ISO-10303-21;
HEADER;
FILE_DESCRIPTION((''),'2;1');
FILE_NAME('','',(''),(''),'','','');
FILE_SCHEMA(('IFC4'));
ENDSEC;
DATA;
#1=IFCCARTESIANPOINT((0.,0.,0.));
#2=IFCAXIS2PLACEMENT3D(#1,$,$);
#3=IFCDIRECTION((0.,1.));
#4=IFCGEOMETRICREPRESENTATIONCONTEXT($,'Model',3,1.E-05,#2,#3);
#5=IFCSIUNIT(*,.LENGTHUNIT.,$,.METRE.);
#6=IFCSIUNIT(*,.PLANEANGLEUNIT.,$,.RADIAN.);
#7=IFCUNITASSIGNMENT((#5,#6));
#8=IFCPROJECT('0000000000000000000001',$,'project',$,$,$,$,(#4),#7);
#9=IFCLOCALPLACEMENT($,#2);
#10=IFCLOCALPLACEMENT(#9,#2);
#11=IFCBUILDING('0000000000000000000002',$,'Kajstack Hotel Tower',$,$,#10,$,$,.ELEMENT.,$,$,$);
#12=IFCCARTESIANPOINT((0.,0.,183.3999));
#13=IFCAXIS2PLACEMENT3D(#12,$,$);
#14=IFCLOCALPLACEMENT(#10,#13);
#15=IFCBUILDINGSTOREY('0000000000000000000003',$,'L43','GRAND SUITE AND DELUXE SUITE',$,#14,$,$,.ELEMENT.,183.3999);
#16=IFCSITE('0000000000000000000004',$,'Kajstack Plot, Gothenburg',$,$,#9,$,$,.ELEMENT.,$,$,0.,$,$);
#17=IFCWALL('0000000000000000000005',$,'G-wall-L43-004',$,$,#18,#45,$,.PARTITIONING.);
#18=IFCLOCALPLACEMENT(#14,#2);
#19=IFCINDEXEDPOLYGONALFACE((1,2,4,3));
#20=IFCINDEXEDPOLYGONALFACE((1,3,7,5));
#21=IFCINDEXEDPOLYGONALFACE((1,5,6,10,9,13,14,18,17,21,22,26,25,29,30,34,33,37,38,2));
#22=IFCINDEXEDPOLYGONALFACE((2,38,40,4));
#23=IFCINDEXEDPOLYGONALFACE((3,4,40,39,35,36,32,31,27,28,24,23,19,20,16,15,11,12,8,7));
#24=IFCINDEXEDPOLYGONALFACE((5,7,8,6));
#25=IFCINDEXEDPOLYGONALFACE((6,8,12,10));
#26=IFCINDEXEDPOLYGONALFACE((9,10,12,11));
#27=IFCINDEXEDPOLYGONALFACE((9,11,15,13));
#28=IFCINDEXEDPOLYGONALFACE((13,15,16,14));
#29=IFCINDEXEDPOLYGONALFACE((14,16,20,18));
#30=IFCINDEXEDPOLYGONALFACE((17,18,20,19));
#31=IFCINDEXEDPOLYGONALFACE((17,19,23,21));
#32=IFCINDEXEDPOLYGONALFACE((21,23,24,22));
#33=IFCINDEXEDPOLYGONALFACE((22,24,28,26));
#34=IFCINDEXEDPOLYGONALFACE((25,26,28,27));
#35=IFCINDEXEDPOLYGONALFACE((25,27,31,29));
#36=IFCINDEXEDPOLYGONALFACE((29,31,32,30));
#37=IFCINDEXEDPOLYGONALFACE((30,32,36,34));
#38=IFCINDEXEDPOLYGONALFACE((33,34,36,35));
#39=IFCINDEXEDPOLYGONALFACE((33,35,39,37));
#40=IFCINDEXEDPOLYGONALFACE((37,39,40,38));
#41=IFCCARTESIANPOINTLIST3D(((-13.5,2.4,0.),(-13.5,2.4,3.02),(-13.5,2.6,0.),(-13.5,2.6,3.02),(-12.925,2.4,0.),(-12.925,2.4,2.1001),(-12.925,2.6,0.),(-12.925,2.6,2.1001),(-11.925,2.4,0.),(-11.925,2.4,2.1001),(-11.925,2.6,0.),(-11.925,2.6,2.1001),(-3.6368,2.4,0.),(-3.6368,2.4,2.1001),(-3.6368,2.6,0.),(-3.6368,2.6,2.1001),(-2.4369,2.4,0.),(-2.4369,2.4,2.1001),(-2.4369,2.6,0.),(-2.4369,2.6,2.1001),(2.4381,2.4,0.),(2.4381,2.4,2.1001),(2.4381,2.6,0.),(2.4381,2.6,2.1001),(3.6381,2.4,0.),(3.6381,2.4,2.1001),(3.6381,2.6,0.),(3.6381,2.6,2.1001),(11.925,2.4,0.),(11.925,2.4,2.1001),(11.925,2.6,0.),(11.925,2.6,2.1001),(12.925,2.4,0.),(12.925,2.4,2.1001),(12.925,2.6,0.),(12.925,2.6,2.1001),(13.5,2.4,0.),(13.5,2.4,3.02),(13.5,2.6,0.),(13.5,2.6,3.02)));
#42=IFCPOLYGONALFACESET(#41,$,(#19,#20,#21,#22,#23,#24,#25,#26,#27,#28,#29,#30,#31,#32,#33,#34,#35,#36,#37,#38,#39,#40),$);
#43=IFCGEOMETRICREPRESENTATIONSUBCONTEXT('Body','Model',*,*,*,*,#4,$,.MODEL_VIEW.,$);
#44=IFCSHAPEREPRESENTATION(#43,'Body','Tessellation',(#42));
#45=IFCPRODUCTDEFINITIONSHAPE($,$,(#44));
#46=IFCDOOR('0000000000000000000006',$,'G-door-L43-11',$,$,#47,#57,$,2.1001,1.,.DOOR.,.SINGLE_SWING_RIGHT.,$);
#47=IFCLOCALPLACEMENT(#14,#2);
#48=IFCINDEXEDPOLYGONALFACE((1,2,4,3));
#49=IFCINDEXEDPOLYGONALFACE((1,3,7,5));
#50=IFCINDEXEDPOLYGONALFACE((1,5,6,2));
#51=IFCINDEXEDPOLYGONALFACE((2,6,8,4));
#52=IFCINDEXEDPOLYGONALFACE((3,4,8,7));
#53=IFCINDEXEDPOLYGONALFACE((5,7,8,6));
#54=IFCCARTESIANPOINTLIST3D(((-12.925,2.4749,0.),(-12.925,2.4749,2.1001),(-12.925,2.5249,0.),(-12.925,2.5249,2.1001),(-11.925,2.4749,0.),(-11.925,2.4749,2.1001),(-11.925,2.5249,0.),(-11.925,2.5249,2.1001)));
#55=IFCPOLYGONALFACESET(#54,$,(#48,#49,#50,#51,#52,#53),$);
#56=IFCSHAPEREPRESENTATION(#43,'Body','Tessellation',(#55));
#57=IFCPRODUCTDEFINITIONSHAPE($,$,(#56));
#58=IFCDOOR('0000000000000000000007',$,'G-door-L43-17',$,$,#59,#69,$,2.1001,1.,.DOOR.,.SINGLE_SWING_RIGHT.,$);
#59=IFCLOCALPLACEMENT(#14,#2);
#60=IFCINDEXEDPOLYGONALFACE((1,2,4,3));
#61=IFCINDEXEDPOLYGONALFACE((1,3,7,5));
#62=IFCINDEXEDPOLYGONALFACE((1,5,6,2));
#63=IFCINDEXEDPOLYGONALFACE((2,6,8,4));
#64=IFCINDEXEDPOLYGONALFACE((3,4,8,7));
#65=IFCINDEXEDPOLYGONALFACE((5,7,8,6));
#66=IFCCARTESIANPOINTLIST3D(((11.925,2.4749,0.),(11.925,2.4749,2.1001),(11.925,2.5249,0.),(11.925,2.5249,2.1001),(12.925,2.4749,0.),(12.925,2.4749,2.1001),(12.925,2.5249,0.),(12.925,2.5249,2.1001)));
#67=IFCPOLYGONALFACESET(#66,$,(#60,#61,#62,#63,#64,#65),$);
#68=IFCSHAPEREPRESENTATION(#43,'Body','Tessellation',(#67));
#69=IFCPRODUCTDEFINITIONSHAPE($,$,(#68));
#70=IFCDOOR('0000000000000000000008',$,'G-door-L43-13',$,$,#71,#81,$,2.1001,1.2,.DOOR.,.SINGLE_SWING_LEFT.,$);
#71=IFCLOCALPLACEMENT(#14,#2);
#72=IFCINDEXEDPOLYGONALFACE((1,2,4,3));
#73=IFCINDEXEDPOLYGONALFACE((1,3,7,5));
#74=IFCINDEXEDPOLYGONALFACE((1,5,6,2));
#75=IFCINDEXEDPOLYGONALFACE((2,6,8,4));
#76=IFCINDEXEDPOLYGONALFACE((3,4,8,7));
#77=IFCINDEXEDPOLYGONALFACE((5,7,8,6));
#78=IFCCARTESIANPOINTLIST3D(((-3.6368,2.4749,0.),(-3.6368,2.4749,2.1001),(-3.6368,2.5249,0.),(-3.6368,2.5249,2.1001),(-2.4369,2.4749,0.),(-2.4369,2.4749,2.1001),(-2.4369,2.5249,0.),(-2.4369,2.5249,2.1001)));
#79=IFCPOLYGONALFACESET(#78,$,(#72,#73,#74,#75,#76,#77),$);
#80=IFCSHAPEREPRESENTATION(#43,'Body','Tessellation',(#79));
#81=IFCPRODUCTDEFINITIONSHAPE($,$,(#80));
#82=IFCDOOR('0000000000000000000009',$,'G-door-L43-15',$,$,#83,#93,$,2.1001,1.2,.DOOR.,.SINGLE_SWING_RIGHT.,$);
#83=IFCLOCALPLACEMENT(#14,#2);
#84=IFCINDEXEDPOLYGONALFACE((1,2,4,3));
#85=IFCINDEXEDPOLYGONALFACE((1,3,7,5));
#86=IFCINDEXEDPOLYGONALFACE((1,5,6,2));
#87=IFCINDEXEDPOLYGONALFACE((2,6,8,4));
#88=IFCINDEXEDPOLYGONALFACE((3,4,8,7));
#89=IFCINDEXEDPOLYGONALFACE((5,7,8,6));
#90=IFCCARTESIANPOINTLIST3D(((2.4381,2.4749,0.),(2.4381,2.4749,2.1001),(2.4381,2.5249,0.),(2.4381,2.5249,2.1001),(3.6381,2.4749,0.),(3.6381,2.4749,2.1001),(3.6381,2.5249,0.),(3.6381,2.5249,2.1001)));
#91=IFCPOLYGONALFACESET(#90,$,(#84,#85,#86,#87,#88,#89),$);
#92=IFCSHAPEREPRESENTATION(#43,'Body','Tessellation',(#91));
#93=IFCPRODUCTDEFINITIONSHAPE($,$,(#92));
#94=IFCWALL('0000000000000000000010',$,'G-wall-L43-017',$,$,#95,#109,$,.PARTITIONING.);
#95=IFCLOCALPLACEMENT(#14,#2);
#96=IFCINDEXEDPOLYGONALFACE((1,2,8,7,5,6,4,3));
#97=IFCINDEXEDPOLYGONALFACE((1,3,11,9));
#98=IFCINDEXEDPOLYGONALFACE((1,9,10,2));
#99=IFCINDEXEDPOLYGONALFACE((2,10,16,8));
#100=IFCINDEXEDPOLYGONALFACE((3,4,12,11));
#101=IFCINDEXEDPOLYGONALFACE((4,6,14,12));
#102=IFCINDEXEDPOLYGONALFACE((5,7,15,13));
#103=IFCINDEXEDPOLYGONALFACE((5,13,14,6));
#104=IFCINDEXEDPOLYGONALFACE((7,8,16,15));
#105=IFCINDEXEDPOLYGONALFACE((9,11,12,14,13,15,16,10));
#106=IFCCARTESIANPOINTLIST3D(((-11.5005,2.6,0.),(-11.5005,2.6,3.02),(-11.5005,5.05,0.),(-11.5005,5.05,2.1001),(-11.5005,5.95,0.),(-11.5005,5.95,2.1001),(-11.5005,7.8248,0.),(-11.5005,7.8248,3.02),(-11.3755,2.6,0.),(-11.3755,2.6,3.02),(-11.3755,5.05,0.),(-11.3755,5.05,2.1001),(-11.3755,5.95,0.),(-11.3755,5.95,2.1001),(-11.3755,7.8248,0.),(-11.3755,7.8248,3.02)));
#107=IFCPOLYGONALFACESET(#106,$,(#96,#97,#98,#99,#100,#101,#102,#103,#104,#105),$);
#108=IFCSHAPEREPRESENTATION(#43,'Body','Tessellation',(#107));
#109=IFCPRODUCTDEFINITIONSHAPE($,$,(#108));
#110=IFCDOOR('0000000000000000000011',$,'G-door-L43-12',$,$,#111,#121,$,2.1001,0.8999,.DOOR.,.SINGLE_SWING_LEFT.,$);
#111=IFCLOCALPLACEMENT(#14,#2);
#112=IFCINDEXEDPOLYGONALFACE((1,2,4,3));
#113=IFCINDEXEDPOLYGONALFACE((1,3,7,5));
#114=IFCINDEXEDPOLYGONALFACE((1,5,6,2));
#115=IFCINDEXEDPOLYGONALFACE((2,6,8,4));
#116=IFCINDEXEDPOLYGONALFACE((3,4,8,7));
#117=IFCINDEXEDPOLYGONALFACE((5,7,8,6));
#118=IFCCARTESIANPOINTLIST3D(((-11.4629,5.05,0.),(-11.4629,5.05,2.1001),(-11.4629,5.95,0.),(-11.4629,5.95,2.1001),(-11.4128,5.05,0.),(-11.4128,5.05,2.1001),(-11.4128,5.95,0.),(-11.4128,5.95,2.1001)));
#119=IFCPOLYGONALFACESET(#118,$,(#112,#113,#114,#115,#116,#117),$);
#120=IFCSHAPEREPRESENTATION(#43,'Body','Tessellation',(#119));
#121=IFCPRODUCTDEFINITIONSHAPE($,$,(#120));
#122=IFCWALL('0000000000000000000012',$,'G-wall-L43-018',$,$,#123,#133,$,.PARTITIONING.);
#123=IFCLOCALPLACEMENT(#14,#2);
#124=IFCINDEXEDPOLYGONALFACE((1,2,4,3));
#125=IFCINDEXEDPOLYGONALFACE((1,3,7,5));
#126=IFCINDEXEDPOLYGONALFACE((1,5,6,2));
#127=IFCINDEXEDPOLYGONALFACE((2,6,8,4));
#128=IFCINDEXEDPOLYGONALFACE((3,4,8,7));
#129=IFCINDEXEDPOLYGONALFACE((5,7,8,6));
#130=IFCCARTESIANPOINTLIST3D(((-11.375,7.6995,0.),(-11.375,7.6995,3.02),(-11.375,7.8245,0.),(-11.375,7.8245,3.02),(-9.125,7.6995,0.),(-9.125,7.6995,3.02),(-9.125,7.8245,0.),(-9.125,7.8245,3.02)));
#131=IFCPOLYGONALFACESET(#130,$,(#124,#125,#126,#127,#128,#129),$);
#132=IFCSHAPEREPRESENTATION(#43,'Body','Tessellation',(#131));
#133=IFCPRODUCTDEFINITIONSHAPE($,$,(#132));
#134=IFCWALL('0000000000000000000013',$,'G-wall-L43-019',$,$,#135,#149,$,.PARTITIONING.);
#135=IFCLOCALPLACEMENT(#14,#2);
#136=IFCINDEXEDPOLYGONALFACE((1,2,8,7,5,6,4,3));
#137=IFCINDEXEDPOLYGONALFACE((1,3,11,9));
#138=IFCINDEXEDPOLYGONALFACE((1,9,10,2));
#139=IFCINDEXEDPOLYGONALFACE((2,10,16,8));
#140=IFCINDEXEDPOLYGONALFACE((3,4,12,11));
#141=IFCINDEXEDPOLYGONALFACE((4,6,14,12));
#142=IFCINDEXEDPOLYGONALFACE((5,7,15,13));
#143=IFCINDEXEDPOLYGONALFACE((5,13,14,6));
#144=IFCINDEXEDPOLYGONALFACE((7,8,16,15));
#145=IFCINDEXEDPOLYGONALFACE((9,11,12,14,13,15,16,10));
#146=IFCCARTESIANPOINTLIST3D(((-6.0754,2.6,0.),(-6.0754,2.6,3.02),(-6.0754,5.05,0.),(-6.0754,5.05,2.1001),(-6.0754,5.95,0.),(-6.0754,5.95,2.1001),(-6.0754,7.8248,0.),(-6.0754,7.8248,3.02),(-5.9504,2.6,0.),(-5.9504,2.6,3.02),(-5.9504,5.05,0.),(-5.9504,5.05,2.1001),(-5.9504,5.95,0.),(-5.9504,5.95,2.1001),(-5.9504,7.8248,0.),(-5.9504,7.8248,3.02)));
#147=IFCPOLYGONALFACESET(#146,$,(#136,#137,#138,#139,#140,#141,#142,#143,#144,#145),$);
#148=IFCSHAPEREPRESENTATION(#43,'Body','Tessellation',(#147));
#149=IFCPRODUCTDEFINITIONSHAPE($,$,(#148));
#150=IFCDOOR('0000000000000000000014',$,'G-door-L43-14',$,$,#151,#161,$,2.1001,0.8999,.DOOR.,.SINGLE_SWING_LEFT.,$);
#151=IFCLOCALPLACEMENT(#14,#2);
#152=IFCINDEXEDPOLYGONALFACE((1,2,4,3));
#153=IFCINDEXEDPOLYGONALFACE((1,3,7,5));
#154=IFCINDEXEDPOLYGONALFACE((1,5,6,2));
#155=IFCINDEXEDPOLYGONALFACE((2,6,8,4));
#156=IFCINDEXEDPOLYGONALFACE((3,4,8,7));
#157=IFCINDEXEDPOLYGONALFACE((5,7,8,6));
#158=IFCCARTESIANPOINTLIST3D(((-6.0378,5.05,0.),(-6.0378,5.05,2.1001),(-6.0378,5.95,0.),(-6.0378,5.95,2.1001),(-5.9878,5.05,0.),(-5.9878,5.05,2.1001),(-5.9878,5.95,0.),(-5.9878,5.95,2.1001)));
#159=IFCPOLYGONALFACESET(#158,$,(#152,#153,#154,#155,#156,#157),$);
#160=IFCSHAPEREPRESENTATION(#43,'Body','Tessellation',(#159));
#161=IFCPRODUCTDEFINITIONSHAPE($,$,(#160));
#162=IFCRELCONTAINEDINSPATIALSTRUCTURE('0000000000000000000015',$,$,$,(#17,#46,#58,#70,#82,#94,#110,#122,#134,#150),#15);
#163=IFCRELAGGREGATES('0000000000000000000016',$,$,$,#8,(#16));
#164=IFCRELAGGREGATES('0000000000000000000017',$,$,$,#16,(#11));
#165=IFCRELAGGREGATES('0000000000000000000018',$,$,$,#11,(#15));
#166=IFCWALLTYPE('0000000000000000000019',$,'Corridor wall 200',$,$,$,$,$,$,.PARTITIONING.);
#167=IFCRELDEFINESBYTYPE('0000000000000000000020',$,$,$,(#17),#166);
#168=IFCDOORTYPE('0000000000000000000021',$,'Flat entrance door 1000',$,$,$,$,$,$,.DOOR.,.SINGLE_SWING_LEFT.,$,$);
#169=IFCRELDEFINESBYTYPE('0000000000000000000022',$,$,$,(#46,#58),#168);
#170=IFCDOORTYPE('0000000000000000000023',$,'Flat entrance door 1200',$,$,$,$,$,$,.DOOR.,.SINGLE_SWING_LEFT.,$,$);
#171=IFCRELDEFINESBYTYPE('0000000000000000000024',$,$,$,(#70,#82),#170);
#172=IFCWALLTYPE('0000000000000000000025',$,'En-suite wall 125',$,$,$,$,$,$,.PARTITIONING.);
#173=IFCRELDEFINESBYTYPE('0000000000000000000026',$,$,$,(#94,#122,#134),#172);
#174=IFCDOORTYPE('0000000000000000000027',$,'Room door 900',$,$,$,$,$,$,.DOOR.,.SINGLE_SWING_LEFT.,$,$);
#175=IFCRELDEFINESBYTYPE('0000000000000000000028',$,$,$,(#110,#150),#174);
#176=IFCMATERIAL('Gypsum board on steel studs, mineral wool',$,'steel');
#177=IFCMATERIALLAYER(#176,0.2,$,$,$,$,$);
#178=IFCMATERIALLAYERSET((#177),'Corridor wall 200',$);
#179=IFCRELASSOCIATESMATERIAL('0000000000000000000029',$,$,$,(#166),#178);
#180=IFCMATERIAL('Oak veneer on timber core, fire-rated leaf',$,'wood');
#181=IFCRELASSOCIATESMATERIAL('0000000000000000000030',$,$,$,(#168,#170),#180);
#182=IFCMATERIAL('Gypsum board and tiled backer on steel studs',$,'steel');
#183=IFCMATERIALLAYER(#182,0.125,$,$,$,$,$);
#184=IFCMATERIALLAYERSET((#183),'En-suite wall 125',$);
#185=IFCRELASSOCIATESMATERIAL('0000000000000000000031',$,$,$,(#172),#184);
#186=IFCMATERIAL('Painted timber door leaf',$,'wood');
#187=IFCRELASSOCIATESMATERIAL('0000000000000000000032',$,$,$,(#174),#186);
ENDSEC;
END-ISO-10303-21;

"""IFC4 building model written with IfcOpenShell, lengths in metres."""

from ifc_helpers import new_model, si_unit, direction, frame, frame_2d, origin, place, context, subcontext, project, spatial, rectangle, extrude, material, layer, layer_set, type_object, element, fill, save


model = new_model("IFC4")

# Units and contexts
model_context = context("Model", 3, precision=1e-05, world=origin(), true_north=direction((0.0, 1.0)))
body_context = subcontext(model_context, "Body", "Model", "MODEL_VIEW")
ifc_project = project(units=[si_unit("LENGTHUNIT", "METRE"), si_unit("PLANEANGLEUNIT", "RADIAN")], contexts=[model_context])

# Site, building, storey
site_placement = place(None, origin())
site = spatial("IfcSite", under=ifc_project, at=site_placement, Name="Kajstack Plot, Gothenburg", CompositionType="ELEMENT", RefElevation=0.0)
building_placement = place(site_placement, origin())
building = spatial("IfcBuilding", under=site, at=building_placement, Name="Kajstack Hotel Tower", CompositionType="ELEMENT")
storey_placement = place(building_placement, frame((0.0, 0.0, 183.3999)))
storey = spatial("IfcBuildingStorey", under=building, at=storey_placement, Name="L43", Description="GRAND SUITE AND DELUXE SUITE", CompositionType="ELEMENT", Elevation=183.3999)

# Wall, openings, doors
ifc_material_1 = material(Name="Gypsum board on steel studs, mineral wool", Category="steel")
ifc_layer_1 = layer(ifc_material_1, 0.2)
ifc_layer_set_1 = layer_set([ifc_layer_1], Name="Corridor wall 200")
wall_type_1 = type_object("IfcWallType", Name="Corridor wall 200", PredefinedType="PARTITIONING", material=ifc_layer_set_1)
wall_1_placement = place(storey_placement, frame((-13.5, 2.5, 0.0), z_axis=(0.0, 0.0, 1.0), x_axis=(1.0, 0.0, 0.0)))
wall_1 = element("IfcWall", 1, at=wall_1_placement, inside=storey, type_object=wall_type_1, Name="G-wall-L43-004", PredefinedType="PARTITIONING", context=body_context, shape_type="SweptSolid", body=[
    extrude(rectangle(XDim=27.0, YDim=0.2, at=frame_2d((13.5, 0.0))), origin(), (0.0, 0.0, 1.0), 3.02),
])
opening_1_placement = place(wall_1_placement, frame((0.575, 0.0, 0.0)))
opening_1 = element("IfcOpeningElement", 2, at=opening_1_placement, cuts=wall_1, PredefinedType="OPENING", context=body_context, shape_type="SweptSolid", body=[
    extrude(rectangle(XDim=1.0, YDim=2.1001, at=frame_2d((0.5, 1.05))), frame((0.0, 0.1099, 0.0), z_axis=(0.0, -1.0, 0.0), x_axis=(1.0, 0.0, 0.0)), (0.0, 0.0, 1.0), 0.22),
])
opening_2_placement = place(wall_1_placement, frame((9.863, 0.0, 0.0)))
opening_2 = element("IfcOpeningElement", 3, at=opening_2_placement, cuts=wall_1, PredefinedType="OPENING", context=body_context, shape_type="SweptSolid", body=[
    extrude(rectangle(XDim=1.2, YDim=2.1001, at=frame_2d((0.6001, 1.05))), frame((0.0, 0.1099, 0.0), z_axis=(0.0, -1.0, 0.0), x_axis=(1.0, 0.0, 0.0)), (0.0, 0.0, 1.0), 0.22),
])
opening_3_placement = place(wall_1_placement, frame((15.938, 0.0, 0.0)))
opening_3 = element("IfcOpeningElement", 4, at=opening_3_placement, cuts=wall_1, PredefinedType="OPENING", context=body_context, shape_type="SweptSolid", body=[
    extrude(rectangle(XDim=1.2, YDim=2.1001, at=frame_2d((0.6001, 1.05))), frame((0.0, 0.1099, 0.0), z_axis=(0.0, -1.0, 0.0), x_axis=(1.0, 0.0, 0.0)), (0.0, 0.0, 1.0), 0.22),
])
opening_4_placement = place(wall_1_placement, frame((25.425, 0.0, 0.0)))
opening_4 = element("IfcOpeningElement", 5, at=opening_4_placement, cuts=wall_1, PredefinedType="OPENING", context=body_context, shape_type="SweptSolid", body=[
    extrude(rectangle(XDim=1.0, YDim=2.1001, at=frame_2d((0.5, 1.05))), frame((0.0, 0.1099, 0.0), z_axis=(0.0, -1.0, 0.0), x_axis=(1.0, 0.0, 0.0)), (0.0, 0.0, 1.0), 0.22),
])
ifc_material_2 = material(Name="Oak veneer on timber core, fire-rated leaf", Category="wood")
door_type_1 = type_object("IfcDoorType", Name="Flat entrance door 1000", OperationType="SINGLE_SWING_LEFT", PredefinedType="DOOR", material=ifc_material_2)
door_1_placement = place(opening_1_placement, origin())
door_1 = element("IfcDoor", 6, at=door_1_placement, inside=storey, type_object=door_type_1, Name="G-door-L43-11", OperationType="SINGLE_SWING_RIGHT", OverallHeight=2.1001, OverallWidth=1.0, PredefinedType="DOOR", context=body_context, shape_type="SweptSolid", body=[
    extrude(rectangle(XDim=1.0, YDim=2.1001, at=frame_2d((0.5, 1.05))), frame((0.0, 0.0249, 0.0), z_axis=(0.0, -1.0, 0.0), x_axis=(1.0, 0.0, 0.0)), (0.0, 0.0, 1.0), 0.05),
])
fill(opening_1, door_1)
door_2_placement = place(opening_4_placement, origin())
door_2 = element("IfcDoor", 7, at=door_2_placement, inside=storey, type_object=door_type_1, Name="G-door-L43-17", OperationType="SINGLE_SWING_RIGHT", OverallHeight=2.1001, OverallWidth=1.0, PredefinedType="DOOR", context=body_context, shape_type="SweptSolid", body=[
    extrude(rectangle(XDim=1.0, YDim=2.1001, at=frame_2d((0.5, 1.05))), frame((0.0, 0.0249, 0.0), z_axis=(0.0, -1.0, 0.0), x_axis=(1.0, 0.0, 0.0)), (0.0, 0.0, 1.0), 0.05),
])
fill(opening_4, door_2)
door_type_2 = type_object("IfcDoorType", Name="Flat entrance door 1200", OperationType="SINGLE_SWING_LEFT", PredefinedType="DOOR", material=ifc_material_2)
door_3_placement = place(opening_2_placement, origin())
door_3 = element("IfcDoor", 8, at=door_3_placement, inside=storey, type_object=door_type_2, Name="G-door-L43-13", OperationType="SINGLE_SWING_LEFT", OverallHeight=2.1001, OverallWidth=1.2, PredefinedType="DOOR", context=body_context, shape_type="SweptSolid", body=[
    extrude(rectangle(XDim=1.2, YDim=2.1001, at=frame_2d((0.6001, 1.05))), frame((0.0, 0.0249, 0.0), z_axis=(0.0, -1.0, 0.0), x_axis=(1.0, 0.0, 0.0)), (0.0, 0.0, 1.0), 0.05),
])
fill(opening_2, door_3)
door_4_placement = place(opening_3_placement, origin())
door_4 = element("IfcDoor", 9, at=door_4_placement, inside=storey, type_object=door_type_2, Name="G-door-L43-15", OperationType="SINGLE_SWING_RIGHT", OverallHeight=2.1001, OverallWidth=1.2, PredefinedType="DOOR", context=body_context, shape_type="SweptSolid", body=[
    extrude(rectangle(XDim=1.2, YDim=2.1001, at=frame_2d((0.6001, 1.05))), frame((0.0, 0.0249, 0.0), z_axis=(0.0, -1.0, 0.0), x_axis=(1.0, 0.0, 0.0)), (0.0, 0.0, 1.0), 0.05),
])
fill(opening_3, door_4)

# Wall, opening, door
ifc_material_3 = material(Name="Gypsum board and tiled backer on steel studs", Category="steel")
ifc_layer_2 = layer(ifc_material_3, 0.125)
ifc_layer_set_2 = layer_set([ifc_layer_2], Name="En-suite wall 125")
wall_type_2 = type_object("IfcWallType", Name="En-suite wall 125", PredefinedType="PARTITIONING", material=ifc_layer_set_2)
wall_2_placement = place(storey_placement, frame((-11.438, 2.6001, 0.0), z_axis=(0.0, 0.0, 1.0), x_axis=(0.0, 1.0, 0.0)))
wall_2 = element("IfcWall", 10, at=wall_2_placement, inside=storey, type_object=wall_type_2, Name="G-wall-L43-017", PredefinedType="PARTITIONING", context=body_context, shape_type="SweptSolid", body=[
    extrude(rectangle(XDim=5.2249, YDim=0.125, at=frame_2d((2.6123, 0.0))), origin(), (0.0, 0.0, 1.0), 3.02),
])
opening_5_placement = place(wall_2_placement, frame((2.45, 0.0, 0.0)))
opening_5 = element("IfcOpeningElement", 11, at=opening_5_placement, cuts=wall_2, PredefinedType="OPENING", context=body_context, shape_type="SweptSolid", body=[
    extrude(rectangle(XDim=0.8999, YDim=2.1001, at=frame_2d((0.45, 1.05))), frame((0.0, 0.0725, 0.0), z_axis=(0.0, -1.0, 0.0), x_axis=(1.0, 0.0, 0.0)), (0.0, 0.0, 1.0), 0.145),
])
ifc_material_4 = material(Name="Painted timber door leaf", Category="wood")
door_type_3 = type_object("IfcDoorType", Name="Room door 900", OperationType="SINGLE_SWING_LEFT", PredefinedType="DOOR", material=ifc_material_4)
door_5_placement = place(opening_5_placement, origin())
door_5 = element("IfcDoor", 12, at=door_5_placement, inside=storey, type_object=door_type_3, Name="G-door-L43-12", OperationType="SINGLE_SWING_LEFT", OverallHeight=2.1001, OverallWidth=0.8999, PredefinedType="DOOR", context=body_context, shape_type="SweptSolid", body=[
    extrude(rectangle(XDim=0.8999, YDim=2.1001, at=frame_2d((0.45, 1.05))), frame((0.0, 0.0249, 0.0), z_axis=(0.0, -1.0, 0.0), x_axis=(1.0, 0.0, 0.0)), (0.0, 0.0, 1.0), 0.05),
])
fill(opening_5, door_5)

# Wall
wall_3_placement = place(storey_placement, frame((-11.375, 7.762, 0.0), z_axis=(0.0, 0.0, 1.0), x_axis=(1.0, 0.0, 0.0)))
element("IfcWall", 13, at=wall_3_placement, inside=storey, type_object=wall_type_2, Name="G-wall-L43-018", PredefinedType="PARTITIONING", context=body_context, shape_type="SweptSolid", body=[
    extrude(rectangle(XDim=2.25, YDim=0.125, at=frame_2d((1.125, 0.0))), origin(), (0.0, 0.0, 1.0), 3.02),
])

# Wall, opening, door
wall_4_placement = place(storey_placement, frame((-6.0129, 2.6001, 0.0), z_axis=(0.0, 0.0, 1.0), x_axis=(0.0, 1.0, 0.0)))
wall_4 = element("IfcWall", 14, at=wall_4_placement, inside=storey, type_object=wall_type_2, Name="G-wall-L43-019", PredefinedType="PARTITIONING", context=body_context, shape_type="SweptSolid", body=[
    extrude(rectangle(XDim=5.2249, YDim=0.125, at=frame_2d((2.6123, 0.0))), origin(), (0.0, 0.0, 1.0), 3.02),
])
opening_6_placement = place(wall_4_placement, frame((2.45, 0.0, 0.0)))
opening_6 = element("IfcOpeningElement", 15, at=opening_6_placement, cuts=wall_4, PredefinedType="OPENING", context=body_context, shape_type="SweptSolid", body=[
    extrude(rectangle(XDim=0.8999, YDim=2.1001, at=frame_2d((0.45, 1.05))), frame((0.0, 0.0725, 0.0), z_axis=(0.0, -1.0, 0.0), x_axis=(1.0, 0.0, 0.0)), (0.0, 0.0, 1.0), 0.145),
])
door_6_placement = place(opening_6_placement, origin())
door_6 = element("IfcDoor", 16, at=door_6_placement, inside=storey, type_object=door_type_3, Name="G-door-L43-14", OperationType="SINGLE_SWING_LEFT", OverallHeight=2.1001, OverallWidth=0.8999, PredefinedType="DOOR", context=body_context, shape_type="SweptSolid", body=[
    extrude(rectangle(XDim=0.8999, YDim=2.1001, at=frame_2d((0.45, 1.05))), frame((0.0, 0.0249, 0.0), z_axis=(0.0, -1.0, 0.0), x_axis=(1.0, 0.0, 0.0)), (0.0, 0.0, 1.0), 0.05),
])
fill(opening_6, door_6)

save(model, "model.ifc")
